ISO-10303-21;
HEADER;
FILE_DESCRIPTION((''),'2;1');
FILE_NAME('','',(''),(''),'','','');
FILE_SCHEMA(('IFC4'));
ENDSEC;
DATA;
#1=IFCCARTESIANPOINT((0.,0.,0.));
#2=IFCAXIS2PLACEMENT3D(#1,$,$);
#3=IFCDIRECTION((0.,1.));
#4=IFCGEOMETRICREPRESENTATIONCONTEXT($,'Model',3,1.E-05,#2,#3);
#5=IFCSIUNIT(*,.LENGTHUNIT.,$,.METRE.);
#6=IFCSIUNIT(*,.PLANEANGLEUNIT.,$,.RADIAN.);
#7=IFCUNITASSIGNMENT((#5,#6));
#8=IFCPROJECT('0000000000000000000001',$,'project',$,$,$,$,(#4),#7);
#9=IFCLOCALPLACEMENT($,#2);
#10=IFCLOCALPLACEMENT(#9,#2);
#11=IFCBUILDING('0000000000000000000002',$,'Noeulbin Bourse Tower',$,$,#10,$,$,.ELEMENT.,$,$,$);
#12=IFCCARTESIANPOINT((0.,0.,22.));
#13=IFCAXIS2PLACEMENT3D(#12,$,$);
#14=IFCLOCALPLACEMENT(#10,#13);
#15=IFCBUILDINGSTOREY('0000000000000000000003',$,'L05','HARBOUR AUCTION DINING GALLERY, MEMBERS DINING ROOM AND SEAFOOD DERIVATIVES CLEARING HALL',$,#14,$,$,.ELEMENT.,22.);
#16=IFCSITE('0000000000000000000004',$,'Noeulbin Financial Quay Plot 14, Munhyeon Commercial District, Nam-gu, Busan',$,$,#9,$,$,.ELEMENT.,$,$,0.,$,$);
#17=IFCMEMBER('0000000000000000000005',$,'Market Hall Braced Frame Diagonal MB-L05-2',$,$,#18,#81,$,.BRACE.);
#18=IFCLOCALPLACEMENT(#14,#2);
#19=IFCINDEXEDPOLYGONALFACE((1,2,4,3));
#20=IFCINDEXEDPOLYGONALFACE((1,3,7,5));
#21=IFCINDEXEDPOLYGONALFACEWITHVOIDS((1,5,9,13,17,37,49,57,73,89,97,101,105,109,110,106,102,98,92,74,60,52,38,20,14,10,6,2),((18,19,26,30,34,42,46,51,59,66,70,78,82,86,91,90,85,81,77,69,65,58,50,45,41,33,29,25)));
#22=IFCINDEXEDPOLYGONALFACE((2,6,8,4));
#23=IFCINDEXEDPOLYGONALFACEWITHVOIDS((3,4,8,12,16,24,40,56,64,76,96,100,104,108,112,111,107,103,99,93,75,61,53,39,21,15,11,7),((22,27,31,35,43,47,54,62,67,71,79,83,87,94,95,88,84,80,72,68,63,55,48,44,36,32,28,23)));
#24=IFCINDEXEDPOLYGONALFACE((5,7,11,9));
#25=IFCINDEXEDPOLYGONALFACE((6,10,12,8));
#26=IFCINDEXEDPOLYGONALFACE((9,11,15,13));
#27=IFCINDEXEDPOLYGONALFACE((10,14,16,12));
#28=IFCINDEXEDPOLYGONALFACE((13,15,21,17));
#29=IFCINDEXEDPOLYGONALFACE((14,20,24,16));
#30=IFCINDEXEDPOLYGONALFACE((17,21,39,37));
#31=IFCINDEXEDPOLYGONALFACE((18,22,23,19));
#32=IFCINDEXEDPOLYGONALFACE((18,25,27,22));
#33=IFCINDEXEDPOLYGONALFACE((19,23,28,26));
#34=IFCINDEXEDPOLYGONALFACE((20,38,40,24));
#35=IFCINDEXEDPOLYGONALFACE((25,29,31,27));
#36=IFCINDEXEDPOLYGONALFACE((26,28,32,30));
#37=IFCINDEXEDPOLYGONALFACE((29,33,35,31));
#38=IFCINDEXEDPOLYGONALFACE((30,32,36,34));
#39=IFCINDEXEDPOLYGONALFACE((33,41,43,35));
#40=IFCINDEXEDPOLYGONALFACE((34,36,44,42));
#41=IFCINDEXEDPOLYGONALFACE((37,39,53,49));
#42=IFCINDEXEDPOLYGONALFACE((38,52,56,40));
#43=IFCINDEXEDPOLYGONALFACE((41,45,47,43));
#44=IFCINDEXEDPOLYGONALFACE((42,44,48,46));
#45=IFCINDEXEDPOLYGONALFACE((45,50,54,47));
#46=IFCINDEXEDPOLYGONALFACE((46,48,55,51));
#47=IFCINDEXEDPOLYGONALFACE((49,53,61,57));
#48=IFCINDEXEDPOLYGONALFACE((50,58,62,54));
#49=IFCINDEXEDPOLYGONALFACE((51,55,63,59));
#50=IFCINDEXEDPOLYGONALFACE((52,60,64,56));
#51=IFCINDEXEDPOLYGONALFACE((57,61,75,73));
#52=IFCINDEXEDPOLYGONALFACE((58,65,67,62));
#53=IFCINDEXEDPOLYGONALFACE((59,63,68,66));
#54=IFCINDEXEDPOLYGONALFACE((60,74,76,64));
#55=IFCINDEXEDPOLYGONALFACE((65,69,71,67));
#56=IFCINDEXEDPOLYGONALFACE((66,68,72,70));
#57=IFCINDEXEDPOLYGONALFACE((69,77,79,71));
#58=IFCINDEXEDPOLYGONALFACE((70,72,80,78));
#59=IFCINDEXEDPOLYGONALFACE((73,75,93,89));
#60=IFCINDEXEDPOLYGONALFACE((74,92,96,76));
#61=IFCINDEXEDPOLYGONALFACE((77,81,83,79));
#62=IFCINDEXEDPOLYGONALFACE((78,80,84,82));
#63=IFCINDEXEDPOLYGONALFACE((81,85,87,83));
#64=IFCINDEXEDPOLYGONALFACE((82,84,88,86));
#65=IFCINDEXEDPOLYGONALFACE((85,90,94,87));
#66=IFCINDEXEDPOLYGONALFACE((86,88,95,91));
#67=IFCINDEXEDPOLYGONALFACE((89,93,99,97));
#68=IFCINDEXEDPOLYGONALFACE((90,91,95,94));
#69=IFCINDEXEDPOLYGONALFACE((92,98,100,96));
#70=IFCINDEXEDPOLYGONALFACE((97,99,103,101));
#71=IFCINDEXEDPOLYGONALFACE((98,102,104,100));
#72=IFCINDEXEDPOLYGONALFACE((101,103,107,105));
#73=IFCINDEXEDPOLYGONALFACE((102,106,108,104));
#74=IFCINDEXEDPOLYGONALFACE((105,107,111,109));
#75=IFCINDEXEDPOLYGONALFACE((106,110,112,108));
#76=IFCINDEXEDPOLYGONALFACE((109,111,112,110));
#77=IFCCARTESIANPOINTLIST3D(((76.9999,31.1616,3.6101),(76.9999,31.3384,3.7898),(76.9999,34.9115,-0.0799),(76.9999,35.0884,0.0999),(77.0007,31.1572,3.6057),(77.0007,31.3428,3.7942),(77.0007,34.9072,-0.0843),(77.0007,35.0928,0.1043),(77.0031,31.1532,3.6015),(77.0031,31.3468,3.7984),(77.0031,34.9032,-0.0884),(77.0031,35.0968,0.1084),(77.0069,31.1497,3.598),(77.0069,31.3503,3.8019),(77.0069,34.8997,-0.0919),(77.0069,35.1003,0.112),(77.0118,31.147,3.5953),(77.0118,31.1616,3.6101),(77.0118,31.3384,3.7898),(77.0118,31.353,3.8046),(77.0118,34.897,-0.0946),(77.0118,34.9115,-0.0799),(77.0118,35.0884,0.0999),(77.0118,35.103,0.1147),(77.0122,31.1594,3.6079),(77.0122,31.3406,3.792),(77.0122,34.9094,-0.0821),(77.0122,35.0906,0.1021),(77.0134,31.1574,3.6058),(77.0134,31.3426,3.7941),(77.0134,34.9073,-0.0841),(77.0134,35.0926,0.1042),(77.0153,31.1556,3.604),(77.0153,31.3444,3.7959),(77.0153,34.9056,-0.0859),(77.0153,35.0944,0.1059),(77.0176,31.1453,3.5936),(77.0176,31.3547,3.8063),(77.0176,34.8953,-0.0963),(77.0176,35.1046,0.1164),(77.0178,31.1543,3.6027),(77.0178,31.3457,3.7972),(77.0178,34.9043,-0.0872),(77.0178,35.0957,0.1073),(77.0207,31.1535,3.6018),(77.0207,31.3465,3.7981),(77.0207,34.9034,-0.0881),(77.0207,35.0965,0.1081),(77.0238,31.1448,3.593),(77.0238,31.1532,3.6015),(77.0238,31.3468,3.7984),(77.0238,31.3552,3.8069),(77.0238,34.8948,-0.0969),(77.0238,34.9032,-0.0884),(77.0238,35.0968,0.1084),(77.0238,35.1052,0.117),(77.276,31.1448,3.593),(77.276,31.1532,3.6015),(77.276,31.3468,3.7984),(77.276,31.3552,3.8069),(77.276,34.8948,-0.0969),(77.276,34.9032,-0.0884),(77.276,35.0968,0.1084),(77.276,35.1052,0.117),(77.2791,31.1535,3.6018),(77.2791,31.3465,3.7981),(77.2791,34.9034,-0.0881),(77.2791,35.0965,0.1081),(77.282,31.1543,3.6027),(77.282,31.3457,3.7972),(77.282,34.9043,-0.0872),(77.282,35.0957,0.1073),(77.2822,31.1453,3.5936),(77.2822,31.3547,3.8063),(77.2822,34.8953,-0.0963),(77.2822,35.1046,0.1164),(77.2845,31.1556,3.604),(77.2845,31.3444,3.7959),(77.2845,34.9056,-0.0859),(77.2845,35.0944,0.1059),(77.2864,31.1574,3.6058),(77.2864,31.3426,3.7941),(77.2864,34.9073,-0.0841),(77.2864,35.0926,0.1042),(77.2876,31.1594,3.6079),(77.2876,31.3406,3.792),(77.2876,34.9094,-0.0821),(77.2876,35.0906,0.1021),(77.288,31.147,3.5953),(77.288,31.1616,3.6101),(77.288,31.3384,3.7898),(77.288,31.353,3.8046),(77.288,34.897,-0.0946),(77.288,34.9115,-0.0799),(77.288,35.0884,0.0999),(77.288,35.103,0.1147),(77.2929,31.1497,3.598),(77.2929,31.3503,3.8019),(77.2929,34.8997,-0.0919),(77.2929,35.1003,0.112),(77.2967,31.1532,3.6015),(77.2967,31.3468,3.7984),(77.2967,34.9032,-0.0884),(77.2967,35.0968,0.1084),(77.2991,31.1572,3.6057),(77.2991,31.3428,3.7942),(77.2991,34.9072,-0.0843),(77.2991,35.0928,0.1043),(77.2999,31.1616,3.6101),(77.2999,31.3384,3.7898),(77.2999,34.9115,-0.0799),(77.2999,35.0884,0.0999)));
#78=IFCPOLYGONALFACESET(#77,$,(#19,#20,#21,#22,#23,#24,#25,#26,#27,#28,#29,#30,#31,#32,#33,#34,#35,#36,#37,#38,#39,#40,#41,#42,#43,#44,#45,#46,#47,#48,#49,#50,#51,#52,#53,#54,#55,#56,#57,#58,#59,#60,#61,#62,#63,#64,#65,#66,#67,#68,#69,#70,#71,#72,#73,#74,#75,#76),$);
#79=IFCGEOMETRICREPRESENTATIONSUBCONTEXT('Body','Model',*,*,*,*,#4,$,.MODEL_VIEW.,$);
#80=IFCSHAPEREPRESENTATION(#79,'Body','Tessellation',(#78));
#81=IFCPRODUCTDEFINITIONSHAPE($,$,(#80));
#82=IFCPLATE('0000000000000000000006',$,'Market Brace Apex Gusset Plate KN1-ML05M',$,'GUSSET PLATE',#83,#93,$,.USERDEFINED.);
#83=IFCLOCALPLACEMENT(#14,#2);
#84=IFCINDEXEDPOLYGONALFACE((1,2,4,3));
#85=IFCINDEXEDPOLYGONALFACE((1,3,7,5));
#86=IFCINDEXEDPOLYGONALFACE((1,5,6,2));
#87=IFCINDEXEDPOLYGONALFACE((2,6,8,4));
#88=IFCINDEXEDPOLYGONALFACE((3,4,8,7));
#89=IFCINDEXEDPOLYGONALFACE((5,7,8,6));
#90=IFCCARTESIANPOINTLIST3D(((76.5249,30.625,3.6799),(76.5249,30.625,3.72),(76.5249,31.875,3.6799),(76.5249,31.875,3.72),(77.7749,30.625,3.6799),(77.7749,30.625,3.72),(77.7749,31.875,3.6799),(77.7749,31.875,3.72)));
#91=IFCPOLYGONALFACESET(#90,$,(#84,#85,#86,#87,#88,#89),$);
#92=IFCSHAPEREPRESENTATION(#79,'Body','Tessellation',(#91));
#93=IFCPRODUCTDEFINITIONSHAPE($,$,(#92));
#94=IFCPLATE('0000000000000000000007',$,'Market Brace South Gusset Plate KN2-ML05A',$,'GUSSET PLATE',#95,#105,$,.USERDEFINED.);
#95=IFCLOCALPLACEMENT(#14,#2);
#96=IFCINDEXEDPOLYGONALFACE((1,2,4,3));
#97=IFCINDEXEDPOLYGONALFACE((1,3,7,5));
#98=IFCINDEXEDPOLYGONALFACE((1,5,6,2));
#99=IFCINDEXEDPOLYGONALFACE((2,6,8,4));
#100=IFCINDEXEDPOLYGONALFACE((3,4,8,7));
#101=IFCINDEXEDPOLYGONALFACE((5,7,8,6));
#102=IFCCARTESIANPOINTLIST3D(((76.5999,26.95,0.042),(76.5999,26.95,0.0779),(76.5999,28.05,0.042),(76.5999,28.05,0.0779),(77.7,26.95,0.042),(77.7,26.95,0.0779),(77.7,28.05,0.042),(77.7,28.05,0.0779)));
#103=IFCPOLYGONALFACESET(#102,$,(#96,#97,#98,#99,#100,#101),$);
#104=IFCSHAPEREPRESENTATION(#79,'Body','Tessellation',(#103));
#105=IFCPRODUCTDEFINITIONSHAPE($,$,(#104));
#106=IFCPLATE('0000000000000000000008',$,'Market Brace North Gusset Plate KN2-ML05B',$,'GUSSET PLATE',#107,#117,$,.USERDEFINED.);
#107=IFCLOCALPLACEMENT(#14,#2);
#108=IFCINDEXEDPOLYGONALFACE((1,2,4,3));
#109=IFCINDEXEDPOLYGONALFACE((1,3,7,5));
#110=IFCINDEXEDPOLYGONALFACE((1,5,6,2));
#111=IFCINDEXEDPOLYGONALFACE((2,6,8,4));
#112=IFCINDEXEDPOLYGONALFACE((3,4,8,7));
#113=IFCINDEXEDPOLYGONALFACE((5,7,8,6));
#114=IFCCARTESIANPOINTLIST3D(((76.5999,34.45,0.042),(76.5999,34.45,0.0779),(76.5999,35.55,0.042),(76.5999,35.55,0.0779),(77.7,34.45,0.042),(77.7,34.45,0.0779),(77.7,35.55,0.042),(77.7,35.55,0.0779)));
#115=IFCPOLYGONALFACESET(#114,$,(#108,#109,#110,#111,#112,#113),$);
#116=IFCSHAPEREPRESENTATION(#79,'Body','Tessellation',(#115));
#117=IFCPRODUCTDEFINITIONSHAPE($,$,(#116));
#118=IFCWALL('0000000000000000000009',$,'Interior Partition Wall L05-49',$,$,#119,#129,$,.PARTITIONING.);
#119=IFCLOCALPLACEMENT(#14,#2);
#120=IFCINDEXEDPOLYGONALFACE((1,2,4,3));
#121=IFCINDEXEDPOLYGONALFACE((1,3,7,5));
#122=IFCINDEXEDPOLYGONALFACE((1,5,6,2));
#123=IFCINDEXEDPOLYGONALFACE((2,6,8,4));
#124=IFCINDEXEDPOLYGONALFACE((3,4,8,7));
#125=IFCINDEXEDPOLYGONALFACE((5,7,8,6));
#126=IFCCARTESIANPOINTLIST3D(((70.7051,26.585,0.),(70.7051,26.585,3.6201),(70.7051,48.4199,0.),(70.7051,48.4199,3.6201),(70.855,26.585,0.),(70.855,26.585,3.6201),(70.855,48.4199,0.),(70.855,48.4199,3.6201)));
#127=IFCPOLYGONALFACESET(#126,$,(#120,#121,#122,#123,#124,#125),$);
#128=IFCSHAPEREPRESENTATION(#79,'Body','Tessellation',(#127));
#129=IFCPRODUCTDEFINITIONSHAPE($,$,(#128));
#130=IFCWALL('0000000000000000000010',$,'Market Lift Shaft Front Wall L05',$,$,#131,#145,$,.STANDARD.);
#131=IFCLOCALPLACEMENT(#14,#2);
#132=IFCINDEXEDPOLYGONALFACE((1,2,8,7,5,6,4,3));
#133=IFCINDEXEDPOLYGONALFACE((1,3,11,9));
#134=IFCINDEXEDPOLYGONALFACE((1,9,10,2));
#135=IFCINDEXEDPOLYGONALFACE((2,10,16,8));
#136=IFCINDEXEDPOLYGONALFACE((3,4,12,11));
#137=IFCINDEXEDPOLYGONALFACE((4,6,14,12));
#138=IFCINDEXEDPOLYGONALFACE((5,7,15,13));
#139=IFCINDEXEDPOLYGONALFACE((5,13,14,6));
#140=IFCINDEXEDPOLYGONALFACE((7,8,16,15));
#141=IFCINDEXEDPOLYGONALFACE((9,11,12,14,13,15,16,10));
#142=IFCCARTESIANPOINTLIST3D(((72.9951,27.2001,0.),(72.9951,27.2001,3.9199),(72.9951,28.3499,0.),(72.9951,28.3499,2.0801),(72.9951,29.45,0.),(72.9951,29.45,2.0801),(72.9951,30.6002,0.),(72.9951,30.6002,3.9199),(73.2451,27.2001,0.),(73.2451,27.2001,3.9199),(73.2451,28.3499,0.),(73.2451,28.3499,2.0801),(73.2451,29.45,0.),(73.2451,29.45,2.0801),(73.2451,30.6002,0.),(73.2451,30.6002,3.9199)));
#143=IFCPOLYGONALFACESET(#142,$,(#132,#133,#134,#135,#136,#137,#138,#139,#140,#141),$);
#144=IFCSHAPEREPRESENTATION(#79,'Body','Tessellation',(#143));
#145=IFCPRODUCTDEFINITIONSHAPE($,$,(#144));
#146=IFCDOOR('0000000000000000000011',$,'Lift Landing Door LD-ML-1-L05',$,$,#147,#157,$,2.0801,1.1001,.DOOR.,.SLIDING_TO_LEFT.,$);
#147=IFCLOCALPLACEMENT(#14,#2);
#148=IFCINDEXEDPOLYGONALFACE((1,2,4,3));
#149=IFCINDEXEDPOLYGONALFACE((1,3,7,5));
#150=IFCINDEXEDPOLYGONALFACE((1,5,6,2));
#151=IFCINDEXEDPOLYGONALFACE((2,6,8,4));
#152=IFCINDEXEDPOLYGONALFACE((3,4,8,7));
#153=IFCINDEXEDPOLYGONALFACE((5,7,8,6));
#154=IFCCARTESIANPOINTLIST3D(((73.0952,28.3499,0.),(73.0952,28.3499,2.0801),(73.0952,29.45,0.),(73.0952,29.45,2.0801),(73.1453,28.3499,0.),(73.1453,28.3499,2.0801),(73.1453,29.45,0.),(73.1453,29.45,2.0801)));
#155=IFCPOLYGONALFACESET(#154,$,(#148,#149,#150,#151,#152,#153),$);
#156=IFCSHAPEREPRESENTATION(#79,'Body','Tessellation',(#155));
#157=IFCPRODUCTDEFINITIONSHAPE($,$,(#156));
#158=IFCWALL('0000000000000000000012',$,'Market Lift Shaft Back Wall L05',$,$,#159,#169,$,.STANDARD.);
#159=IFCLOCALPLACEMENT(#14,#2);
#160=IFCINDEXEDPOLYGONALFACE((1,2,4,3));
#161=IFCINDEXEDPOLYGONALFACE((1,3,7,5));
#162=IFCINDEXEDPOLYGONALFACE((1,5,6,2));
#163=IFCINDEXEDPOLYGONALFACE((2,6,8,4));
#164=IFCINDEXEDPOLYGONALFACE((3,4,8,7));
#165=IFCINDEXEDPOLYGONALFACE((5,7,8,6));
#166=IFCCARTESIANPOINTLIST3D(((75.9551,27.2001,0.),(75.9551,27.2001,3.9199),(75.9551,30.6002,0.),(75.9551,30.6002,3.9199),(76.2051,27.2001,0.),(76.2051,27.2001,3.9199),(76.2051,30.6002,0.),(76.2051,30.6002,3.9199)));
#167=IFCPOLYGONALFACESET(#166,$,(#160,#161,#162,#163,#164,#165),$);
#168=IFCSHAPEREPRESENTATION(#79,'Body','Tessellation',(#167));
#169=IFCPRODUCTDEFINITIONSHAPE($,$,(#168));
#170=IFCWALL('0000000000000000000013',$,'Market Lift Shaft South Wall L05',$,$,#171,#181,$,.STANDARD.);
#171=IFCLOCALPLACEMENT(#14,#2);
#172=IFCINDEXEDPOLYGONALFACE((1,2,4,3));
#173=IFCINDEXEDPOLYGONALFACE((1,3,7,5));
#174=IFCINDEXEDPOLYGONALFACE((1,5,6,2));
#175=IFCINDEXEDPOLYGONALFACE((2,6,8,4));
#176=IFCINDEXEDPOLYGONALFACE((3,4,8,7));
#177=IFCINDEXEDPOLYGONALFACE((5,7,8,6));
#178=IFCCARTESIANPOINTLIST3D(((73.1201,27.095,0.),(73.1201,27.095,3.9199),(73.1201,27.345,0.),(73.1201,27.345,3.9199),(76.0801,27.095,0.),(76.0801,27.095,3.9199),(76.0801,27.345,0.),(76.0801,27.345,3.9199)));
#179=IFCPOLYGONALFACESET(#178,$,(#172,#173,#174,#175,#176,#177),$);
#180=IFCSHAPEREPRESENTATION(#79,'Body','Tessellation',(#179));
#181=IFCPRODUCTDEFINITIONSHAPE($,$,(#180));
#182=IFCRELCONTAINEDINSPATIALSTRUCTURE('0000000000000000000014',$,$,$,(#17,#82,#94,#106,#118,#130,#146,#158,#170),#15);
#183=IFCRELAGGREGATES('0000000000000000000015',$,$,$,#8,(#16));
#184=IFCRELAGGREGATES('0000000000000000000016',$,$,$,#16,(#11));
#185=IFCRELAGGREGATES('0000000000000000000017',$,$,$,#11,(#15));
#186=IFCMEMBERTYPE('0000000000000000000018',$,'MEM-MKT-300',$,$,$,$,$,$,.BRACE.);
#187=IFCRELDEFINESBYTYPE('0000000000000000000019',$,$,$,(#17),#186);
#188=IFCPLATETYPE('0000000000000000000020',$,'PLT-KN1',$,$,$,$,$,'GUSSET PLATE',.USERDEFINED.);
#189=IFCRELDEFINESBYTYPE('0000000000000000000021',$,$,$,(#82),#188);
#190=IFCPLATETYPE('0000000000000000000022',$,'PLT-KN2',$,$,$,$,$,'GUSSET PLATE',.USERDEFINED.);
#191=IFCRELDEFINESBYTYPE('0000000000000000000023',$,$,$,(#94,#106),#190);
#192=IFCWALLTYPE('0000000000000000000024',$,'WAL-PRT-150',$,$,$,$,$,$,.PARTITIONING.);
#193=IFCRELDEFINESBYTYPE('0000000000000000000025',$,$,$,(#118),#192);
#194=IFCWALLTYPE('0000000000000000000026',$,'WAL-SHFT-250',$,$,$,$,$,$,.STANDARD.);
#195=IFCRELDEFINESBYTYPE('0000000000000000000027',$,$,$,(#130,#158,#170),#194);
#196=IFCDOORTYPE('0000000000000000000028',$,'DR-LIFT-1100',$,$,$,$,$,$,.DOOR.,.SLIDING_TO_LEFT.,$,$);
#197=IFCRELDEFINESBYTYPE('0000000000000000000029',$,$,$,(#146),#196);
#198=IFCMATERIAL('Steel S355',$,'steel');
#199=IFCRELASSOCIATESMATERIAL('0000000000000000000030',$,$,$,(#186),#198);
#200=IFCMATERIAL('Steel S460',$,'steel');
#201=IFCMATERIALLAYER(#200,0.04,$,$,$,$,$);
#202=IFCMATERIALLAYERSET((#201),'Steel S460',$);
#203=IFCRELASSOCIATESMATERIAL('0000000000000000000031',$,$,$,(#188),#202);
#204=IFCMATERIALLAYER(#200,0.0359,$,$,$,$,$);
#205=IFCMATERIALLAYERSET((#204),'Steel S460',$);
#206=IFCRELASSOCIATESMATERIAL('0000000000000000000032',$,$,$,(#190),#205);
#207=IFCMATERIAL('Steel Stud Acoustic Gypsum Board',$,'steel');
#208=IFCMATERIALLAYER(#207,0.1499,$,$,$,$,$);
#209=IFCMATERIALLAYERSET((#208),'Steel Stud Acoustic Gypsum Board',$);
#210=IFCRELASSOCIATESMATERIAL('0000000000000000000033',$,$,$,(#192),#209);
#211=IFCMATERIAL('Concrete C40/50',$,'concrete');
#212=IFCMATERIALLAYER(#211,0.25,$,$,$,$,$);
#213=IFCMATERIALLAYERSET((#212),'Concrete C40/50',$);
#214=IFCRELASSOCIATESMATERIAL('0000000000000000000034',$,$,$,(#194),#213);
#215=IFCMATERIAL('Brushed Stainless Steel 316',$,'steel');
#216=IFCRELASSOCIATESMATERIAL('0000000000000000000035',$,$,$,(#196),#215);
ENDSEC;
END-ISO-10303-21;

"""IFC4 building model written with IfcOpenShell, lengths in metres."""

from ifc_helpers import new_model, si_unit, direction, frame, frame_2d, origin, origin_2d, place, context, subcontext, project, spatial, rectangle, hollow_rectangle, extrude, material, layer, layer_set, material_profile, profile_set, type_object, element, fill, save


model = new_model("IFC4")

# Units and contexts
model_context = context("Model", 3, precision=1e-05, world=origin(), true_north=direction((0.0, 1.0)))
body_context = subcontext(model_context, "Body", "Model", "MODEL_VIEW")
ifc_project = project(units=[si_unit("LENGTHUNIT", "METRE"), si_unit("PLANEANGLEUNIT", "RADIAN")], contexts=[model_context])

# Site, building, storey
site_placement = place(None, origin())
site = spatial("IfcSite", under=ifc_project, at=site_placement, Name="Noeulbin Financial Quay Plot 14, Munhyeon Commercial District, Nam-gu, Busan", CompositionType="ELEMENT", RefElevation=0.0)
building_placement = place(site_placement, origin())
building = spatial("IfcBuilding", under=site, at=building_placement, Name="Noeulbin Bourse Tower", CompositionType="ELEMENT")
storey_placement = place(building_placement, frame((0.0, 0.0, 22.0)))
storey = spatial("IfcBuildingStorey", under=building, at=storey_placement, Name="L05", Description="HARBOUR AUCTION DINING GALLERY, MEMBERS DINING ROOM AND SEAFOOD DERIVATIVES CLEARING HALL", CompositionType="ELEMENT", Elevation=22.0)

# Shared definitions
ifc_material_1 = material(Name="Steel S355", Category="steel")

# Member
ifc_material_profile_1 = material_profile(ifc_material_1, hollow_rectangle(XDim=0.3, YDim=0.3, WallThickness=0.012, InnerFilletRadius=0.012, OuterFilletRadius=0.0239, at=origin_2d()), Name="SHS-300x300x12", Category="LoadBearing")
ifc_profile_set_1 = profile_set([ifc_material_profile_1], Name="Steel S355")
member_type_1 = type_object("IfcMemberType", Name="MEM-MKT-300", PredefinedType="BRACE", material=ifc_profile_set_1)
for number, where, z_axis, x_axis, name in (
    (1, (77.1499, 31.25, 3.7), (0.0, 0.712792, -0.701376), (-1.0, 0.0, 0.0), "Market Hall Braced Frame Diagonal MB-L05-2"),
):
    element("IfcMember", number, at=place(storey_placement, frame(where, z_axis=z_axis, x_axis=x_axis)), inside=storey, type_object=member_type_1, Name=name, PredefinedType="BRACE", context=body_context, shape_type="SweptSolid", body=[
        extrude(hollow_rectangle(XDim=0.3, YDim=0.3, WallThickness=0.012, InnerFilletRadius=0.012, OuterFilletRadius=0.0239, at=origin_2d()), origin(), (0.0, 0.0, 1.0), 5.261),
    ])

# Plates
ifc_material_2 = material(Name="Steel S460", Category="steel")
ifc_layer_1 = layer(ifc_material_2, 0.04)
ifc_layer_set_1 = layer_set([ifc_layer_1], Name="Steel S460")
plate_type_1 = type_object("IfcPlateType", Name="PLT-KN1", ElementType="GUSSET PLATE", PredefinedType="USERDEFINED", material=ifc_layer_set_1)
plate_placement = place(storey_placement, frame((77.1499, 31.25, 3.6799), z_axis=(0.0, 0.0, 1.0), x_axis=(1.0, 0.0, 0.0)))
element("IfcPlate", 2, at=plate_placement, inside=storey, type_object=plate_type_1, Name="Market Brace Apex Gusset Plate KN1-ML05M", ObjectType="GUSSET PLATE", PredefinedType="USERDEFINED", context=body_context, shape_type="SweptSolid", body=[
    extrude(rectangle(XDim=1.25, YDim=1.25, at=origin_2d()), origin(), (0.0, 0.0, 1.0), 0.04),
])
ifc_layer_2 = layer(ifc_material_2, 0.0359)
ifc_layer_set_2 = layer_set([ifc_layer_2], Name="Steel S460")
plate_type_2 = type_object("IfcPlateType", Name="PLT-KN2", ElementType="GUSSET PLATE", PredefinedType="USERDEFINED", material=ifc_layer_set_2)
for number, where, z_axis, x_axis, name in (
    (3, (77.1499, 27.5, 0.042), (0.0, 0.0, 1.0), (1.0, 0.0, 0.0), "Market Brace South Gusset Plate KN2-ML05A"),
    (4, (77.1499, 35.0, 0.042), (0.0, 0.0, 1.0), (1.0, 0.0, 0.0), "Market Brace North Gusset Plate KN2-ML05B"),
):
    element("IfcPlate", number, at=place(storey_placement, frame(where, z_axis=z_axis, x_axis=x_axis)), inside=storey, type_object=plate_type_2, Name=name, ObjectType="GUSSET PLATE", PredefinedType="USERDEFINED", context=body_context, shape_type="SweptSolid", body=[
        extrude(rectangle(XDim=1.1001, YDim=1.1001, at=origin_2d()), origin(), (0.0, 0.0, 1.0), 0.0359),
    ])

# Wall
ifc_material_3 = material(Name="Steel Stud Acoustic Gypsum Board", Category="steel")
ifc_layer_3 = layer(ifc_material_3, 0.1499)
ifc_layer_set_3 = layer_set([ifc_layer_3], Name="Steel Stud Acoustic Gypsum Board")
wall_type_1 = type_object("IfcWallType", Name="WAL-PRT-150", PredefinedType="PARTITIONING", material=ifc_layer_set_3)
wall_1_placement = place(storey_placement, frame((70.78, 26.585, 0.0), z_axis=(0.0, 0.0, 1.0), x_axis=(0.0, 1.0, 0.0)))
element("IfcWall", 5, at=wall_1_placement, inside=storey, type_object=wall_type_1, Name="Interior Partition Wall L05-49", PredefinedType="PARTITIONING", context=body_context, shape_type="SweptSolid", body=[
    extrude(rectangle(XDim=21.835, YDim=0.1499, at=frame_2d((10.9175, 0.0))), origin(), (0.0, 0.0, 1.0), 3.6201),
])

# Wall, opening, door
ifc_material_4 = material(Name="Concrete C40/50", Category="concrete")
ifc_layer_4 = layer(ifc_material_4, 0.25)
ifc_layer_set_4 = layer_set([ifc_layer_4], Name="Concrete C40/50")
wall_type_2 = type_object("IfcWallType", Name="WAL-SHFT-250", PredefinedType="STANDARD", material=ifc_layer_set_4)
wall_2_placement = place(storey_placement, frame((73.1201, 27.2, 0.0), z_axis=(0.0, 0.0, 1.0), x_axis=(0.0, 1.0, 0.0)))
wall_2 = element("IfcWall", 6, at=wall_2_placement, inside=storey, type_object=wall_type_2, Name="Market Lift Shaft Front Wall L05", PredefinedType="STANDARD", context=body_context, shape_type="SweptSolid", body=[
    extrude(rectangle(XDim=3.4001, YDim=0.25, at=frame_2d((1.7002, 0.0))), origin(), (0.0, 0.0, 1.0), 3.9199),
])
opening_placement = place(wall_2_placement, frame((1.1499, 0.0, 0.0)))
opening = element("IfcOpeningElement", 7, at=opening_placement, cuts=wall_2, PredefinedType="OPENING", context=body_context, shape_type="SweptSolid", body=[
    extrude(rectangle(XDim=1.1001, YDim=2.0801, at=frame_2d((0.55, 1.04))), frame((0.0, 0.135, 0.0), z_axis=(0.0, -1.0, 0.0), x_axis=(1.0, 0.0, 0.0)), (0.0, 0.0, 1.0), 0.27),
])
ifc_material_5 = material(Name="Brushed Stainless Steel 316", Category="steel")
door_type = type_object("IfcDoorType", Name="DR-LIFT-1100", OperationType="SLIDING_TO_LEFT", PredefinedType="DOOR", material=ifc_material_5)
door_placement = place(opening_placement, origin())
door = element("IfcDoor", 8, at=door_placement, inside=storey, type_object=door_type, Name="Lift Landing Door LD-ML-1-L05", OperationType="SLIDING_TO_LEFT", OverallHeight=2.0801, OverallWidth=1.1001, PredefinedType="DOOR", context=body_context, shape_type="SweptSolid", body=[
    extrude(rectangle(XDim=1.1001, YDim=2.0801, at=frame_2d((0.55, 1.04))), frame((0.0, 0.0249, 0.0), z_axis=(0.0, -1.0, 0.0), x_axis=(1.0, 0.0, 0.0)), (0.0, 0.0, 1.0), 0.05),
])
fill(opening, door)

# Walls
wall_3_placement = place(storey_placement, frame((76.0801, 27.2, 0.0), z_axis=(0.0, 0.0, 1.0), x_axis=(0.0, 1.0, 0.0)))
element("IfcWall", 9, at=wall_3_placement, inside=storey, type_object=wall_type_2, Name="Market Lift Shaft Back Wall L05", PredefinedType="STANDARD", context=body_context, shape_type="SweptSolid", body=[
    extrude(rectangle(XDim=3.4001, YDim=0.25, at=frame_2d((1.7002, 0.0))), origin(), (0.0, 0.0, 1.0), 3.9199),
])
for number, where, z_axis, x_axis, name in (
    (10, (73.1201, 27.22, 0.0), (0.0, 0.0, 1.0), (1.0, 0.0, 0.0), "Market Lift Shaft South Wall L05"),
):
    element("IfcWall", number, at=place(storey_placement, frame(where, z_axis=z_axis, x_axis=x_axis)), inside=storey, type_object=wall_type_2, Name=name, PredefinedType="STANDARD", context=body_context, shape_type="SweptSolid", body=[
        extrude(rectangle(XDim=2.96, YDim=0.25, at=frame_2d((1.48, 0.0))), origin(), (0.0, 0.0, 1.0), 3.9199),
    ])

save(model, "model.ifc")
